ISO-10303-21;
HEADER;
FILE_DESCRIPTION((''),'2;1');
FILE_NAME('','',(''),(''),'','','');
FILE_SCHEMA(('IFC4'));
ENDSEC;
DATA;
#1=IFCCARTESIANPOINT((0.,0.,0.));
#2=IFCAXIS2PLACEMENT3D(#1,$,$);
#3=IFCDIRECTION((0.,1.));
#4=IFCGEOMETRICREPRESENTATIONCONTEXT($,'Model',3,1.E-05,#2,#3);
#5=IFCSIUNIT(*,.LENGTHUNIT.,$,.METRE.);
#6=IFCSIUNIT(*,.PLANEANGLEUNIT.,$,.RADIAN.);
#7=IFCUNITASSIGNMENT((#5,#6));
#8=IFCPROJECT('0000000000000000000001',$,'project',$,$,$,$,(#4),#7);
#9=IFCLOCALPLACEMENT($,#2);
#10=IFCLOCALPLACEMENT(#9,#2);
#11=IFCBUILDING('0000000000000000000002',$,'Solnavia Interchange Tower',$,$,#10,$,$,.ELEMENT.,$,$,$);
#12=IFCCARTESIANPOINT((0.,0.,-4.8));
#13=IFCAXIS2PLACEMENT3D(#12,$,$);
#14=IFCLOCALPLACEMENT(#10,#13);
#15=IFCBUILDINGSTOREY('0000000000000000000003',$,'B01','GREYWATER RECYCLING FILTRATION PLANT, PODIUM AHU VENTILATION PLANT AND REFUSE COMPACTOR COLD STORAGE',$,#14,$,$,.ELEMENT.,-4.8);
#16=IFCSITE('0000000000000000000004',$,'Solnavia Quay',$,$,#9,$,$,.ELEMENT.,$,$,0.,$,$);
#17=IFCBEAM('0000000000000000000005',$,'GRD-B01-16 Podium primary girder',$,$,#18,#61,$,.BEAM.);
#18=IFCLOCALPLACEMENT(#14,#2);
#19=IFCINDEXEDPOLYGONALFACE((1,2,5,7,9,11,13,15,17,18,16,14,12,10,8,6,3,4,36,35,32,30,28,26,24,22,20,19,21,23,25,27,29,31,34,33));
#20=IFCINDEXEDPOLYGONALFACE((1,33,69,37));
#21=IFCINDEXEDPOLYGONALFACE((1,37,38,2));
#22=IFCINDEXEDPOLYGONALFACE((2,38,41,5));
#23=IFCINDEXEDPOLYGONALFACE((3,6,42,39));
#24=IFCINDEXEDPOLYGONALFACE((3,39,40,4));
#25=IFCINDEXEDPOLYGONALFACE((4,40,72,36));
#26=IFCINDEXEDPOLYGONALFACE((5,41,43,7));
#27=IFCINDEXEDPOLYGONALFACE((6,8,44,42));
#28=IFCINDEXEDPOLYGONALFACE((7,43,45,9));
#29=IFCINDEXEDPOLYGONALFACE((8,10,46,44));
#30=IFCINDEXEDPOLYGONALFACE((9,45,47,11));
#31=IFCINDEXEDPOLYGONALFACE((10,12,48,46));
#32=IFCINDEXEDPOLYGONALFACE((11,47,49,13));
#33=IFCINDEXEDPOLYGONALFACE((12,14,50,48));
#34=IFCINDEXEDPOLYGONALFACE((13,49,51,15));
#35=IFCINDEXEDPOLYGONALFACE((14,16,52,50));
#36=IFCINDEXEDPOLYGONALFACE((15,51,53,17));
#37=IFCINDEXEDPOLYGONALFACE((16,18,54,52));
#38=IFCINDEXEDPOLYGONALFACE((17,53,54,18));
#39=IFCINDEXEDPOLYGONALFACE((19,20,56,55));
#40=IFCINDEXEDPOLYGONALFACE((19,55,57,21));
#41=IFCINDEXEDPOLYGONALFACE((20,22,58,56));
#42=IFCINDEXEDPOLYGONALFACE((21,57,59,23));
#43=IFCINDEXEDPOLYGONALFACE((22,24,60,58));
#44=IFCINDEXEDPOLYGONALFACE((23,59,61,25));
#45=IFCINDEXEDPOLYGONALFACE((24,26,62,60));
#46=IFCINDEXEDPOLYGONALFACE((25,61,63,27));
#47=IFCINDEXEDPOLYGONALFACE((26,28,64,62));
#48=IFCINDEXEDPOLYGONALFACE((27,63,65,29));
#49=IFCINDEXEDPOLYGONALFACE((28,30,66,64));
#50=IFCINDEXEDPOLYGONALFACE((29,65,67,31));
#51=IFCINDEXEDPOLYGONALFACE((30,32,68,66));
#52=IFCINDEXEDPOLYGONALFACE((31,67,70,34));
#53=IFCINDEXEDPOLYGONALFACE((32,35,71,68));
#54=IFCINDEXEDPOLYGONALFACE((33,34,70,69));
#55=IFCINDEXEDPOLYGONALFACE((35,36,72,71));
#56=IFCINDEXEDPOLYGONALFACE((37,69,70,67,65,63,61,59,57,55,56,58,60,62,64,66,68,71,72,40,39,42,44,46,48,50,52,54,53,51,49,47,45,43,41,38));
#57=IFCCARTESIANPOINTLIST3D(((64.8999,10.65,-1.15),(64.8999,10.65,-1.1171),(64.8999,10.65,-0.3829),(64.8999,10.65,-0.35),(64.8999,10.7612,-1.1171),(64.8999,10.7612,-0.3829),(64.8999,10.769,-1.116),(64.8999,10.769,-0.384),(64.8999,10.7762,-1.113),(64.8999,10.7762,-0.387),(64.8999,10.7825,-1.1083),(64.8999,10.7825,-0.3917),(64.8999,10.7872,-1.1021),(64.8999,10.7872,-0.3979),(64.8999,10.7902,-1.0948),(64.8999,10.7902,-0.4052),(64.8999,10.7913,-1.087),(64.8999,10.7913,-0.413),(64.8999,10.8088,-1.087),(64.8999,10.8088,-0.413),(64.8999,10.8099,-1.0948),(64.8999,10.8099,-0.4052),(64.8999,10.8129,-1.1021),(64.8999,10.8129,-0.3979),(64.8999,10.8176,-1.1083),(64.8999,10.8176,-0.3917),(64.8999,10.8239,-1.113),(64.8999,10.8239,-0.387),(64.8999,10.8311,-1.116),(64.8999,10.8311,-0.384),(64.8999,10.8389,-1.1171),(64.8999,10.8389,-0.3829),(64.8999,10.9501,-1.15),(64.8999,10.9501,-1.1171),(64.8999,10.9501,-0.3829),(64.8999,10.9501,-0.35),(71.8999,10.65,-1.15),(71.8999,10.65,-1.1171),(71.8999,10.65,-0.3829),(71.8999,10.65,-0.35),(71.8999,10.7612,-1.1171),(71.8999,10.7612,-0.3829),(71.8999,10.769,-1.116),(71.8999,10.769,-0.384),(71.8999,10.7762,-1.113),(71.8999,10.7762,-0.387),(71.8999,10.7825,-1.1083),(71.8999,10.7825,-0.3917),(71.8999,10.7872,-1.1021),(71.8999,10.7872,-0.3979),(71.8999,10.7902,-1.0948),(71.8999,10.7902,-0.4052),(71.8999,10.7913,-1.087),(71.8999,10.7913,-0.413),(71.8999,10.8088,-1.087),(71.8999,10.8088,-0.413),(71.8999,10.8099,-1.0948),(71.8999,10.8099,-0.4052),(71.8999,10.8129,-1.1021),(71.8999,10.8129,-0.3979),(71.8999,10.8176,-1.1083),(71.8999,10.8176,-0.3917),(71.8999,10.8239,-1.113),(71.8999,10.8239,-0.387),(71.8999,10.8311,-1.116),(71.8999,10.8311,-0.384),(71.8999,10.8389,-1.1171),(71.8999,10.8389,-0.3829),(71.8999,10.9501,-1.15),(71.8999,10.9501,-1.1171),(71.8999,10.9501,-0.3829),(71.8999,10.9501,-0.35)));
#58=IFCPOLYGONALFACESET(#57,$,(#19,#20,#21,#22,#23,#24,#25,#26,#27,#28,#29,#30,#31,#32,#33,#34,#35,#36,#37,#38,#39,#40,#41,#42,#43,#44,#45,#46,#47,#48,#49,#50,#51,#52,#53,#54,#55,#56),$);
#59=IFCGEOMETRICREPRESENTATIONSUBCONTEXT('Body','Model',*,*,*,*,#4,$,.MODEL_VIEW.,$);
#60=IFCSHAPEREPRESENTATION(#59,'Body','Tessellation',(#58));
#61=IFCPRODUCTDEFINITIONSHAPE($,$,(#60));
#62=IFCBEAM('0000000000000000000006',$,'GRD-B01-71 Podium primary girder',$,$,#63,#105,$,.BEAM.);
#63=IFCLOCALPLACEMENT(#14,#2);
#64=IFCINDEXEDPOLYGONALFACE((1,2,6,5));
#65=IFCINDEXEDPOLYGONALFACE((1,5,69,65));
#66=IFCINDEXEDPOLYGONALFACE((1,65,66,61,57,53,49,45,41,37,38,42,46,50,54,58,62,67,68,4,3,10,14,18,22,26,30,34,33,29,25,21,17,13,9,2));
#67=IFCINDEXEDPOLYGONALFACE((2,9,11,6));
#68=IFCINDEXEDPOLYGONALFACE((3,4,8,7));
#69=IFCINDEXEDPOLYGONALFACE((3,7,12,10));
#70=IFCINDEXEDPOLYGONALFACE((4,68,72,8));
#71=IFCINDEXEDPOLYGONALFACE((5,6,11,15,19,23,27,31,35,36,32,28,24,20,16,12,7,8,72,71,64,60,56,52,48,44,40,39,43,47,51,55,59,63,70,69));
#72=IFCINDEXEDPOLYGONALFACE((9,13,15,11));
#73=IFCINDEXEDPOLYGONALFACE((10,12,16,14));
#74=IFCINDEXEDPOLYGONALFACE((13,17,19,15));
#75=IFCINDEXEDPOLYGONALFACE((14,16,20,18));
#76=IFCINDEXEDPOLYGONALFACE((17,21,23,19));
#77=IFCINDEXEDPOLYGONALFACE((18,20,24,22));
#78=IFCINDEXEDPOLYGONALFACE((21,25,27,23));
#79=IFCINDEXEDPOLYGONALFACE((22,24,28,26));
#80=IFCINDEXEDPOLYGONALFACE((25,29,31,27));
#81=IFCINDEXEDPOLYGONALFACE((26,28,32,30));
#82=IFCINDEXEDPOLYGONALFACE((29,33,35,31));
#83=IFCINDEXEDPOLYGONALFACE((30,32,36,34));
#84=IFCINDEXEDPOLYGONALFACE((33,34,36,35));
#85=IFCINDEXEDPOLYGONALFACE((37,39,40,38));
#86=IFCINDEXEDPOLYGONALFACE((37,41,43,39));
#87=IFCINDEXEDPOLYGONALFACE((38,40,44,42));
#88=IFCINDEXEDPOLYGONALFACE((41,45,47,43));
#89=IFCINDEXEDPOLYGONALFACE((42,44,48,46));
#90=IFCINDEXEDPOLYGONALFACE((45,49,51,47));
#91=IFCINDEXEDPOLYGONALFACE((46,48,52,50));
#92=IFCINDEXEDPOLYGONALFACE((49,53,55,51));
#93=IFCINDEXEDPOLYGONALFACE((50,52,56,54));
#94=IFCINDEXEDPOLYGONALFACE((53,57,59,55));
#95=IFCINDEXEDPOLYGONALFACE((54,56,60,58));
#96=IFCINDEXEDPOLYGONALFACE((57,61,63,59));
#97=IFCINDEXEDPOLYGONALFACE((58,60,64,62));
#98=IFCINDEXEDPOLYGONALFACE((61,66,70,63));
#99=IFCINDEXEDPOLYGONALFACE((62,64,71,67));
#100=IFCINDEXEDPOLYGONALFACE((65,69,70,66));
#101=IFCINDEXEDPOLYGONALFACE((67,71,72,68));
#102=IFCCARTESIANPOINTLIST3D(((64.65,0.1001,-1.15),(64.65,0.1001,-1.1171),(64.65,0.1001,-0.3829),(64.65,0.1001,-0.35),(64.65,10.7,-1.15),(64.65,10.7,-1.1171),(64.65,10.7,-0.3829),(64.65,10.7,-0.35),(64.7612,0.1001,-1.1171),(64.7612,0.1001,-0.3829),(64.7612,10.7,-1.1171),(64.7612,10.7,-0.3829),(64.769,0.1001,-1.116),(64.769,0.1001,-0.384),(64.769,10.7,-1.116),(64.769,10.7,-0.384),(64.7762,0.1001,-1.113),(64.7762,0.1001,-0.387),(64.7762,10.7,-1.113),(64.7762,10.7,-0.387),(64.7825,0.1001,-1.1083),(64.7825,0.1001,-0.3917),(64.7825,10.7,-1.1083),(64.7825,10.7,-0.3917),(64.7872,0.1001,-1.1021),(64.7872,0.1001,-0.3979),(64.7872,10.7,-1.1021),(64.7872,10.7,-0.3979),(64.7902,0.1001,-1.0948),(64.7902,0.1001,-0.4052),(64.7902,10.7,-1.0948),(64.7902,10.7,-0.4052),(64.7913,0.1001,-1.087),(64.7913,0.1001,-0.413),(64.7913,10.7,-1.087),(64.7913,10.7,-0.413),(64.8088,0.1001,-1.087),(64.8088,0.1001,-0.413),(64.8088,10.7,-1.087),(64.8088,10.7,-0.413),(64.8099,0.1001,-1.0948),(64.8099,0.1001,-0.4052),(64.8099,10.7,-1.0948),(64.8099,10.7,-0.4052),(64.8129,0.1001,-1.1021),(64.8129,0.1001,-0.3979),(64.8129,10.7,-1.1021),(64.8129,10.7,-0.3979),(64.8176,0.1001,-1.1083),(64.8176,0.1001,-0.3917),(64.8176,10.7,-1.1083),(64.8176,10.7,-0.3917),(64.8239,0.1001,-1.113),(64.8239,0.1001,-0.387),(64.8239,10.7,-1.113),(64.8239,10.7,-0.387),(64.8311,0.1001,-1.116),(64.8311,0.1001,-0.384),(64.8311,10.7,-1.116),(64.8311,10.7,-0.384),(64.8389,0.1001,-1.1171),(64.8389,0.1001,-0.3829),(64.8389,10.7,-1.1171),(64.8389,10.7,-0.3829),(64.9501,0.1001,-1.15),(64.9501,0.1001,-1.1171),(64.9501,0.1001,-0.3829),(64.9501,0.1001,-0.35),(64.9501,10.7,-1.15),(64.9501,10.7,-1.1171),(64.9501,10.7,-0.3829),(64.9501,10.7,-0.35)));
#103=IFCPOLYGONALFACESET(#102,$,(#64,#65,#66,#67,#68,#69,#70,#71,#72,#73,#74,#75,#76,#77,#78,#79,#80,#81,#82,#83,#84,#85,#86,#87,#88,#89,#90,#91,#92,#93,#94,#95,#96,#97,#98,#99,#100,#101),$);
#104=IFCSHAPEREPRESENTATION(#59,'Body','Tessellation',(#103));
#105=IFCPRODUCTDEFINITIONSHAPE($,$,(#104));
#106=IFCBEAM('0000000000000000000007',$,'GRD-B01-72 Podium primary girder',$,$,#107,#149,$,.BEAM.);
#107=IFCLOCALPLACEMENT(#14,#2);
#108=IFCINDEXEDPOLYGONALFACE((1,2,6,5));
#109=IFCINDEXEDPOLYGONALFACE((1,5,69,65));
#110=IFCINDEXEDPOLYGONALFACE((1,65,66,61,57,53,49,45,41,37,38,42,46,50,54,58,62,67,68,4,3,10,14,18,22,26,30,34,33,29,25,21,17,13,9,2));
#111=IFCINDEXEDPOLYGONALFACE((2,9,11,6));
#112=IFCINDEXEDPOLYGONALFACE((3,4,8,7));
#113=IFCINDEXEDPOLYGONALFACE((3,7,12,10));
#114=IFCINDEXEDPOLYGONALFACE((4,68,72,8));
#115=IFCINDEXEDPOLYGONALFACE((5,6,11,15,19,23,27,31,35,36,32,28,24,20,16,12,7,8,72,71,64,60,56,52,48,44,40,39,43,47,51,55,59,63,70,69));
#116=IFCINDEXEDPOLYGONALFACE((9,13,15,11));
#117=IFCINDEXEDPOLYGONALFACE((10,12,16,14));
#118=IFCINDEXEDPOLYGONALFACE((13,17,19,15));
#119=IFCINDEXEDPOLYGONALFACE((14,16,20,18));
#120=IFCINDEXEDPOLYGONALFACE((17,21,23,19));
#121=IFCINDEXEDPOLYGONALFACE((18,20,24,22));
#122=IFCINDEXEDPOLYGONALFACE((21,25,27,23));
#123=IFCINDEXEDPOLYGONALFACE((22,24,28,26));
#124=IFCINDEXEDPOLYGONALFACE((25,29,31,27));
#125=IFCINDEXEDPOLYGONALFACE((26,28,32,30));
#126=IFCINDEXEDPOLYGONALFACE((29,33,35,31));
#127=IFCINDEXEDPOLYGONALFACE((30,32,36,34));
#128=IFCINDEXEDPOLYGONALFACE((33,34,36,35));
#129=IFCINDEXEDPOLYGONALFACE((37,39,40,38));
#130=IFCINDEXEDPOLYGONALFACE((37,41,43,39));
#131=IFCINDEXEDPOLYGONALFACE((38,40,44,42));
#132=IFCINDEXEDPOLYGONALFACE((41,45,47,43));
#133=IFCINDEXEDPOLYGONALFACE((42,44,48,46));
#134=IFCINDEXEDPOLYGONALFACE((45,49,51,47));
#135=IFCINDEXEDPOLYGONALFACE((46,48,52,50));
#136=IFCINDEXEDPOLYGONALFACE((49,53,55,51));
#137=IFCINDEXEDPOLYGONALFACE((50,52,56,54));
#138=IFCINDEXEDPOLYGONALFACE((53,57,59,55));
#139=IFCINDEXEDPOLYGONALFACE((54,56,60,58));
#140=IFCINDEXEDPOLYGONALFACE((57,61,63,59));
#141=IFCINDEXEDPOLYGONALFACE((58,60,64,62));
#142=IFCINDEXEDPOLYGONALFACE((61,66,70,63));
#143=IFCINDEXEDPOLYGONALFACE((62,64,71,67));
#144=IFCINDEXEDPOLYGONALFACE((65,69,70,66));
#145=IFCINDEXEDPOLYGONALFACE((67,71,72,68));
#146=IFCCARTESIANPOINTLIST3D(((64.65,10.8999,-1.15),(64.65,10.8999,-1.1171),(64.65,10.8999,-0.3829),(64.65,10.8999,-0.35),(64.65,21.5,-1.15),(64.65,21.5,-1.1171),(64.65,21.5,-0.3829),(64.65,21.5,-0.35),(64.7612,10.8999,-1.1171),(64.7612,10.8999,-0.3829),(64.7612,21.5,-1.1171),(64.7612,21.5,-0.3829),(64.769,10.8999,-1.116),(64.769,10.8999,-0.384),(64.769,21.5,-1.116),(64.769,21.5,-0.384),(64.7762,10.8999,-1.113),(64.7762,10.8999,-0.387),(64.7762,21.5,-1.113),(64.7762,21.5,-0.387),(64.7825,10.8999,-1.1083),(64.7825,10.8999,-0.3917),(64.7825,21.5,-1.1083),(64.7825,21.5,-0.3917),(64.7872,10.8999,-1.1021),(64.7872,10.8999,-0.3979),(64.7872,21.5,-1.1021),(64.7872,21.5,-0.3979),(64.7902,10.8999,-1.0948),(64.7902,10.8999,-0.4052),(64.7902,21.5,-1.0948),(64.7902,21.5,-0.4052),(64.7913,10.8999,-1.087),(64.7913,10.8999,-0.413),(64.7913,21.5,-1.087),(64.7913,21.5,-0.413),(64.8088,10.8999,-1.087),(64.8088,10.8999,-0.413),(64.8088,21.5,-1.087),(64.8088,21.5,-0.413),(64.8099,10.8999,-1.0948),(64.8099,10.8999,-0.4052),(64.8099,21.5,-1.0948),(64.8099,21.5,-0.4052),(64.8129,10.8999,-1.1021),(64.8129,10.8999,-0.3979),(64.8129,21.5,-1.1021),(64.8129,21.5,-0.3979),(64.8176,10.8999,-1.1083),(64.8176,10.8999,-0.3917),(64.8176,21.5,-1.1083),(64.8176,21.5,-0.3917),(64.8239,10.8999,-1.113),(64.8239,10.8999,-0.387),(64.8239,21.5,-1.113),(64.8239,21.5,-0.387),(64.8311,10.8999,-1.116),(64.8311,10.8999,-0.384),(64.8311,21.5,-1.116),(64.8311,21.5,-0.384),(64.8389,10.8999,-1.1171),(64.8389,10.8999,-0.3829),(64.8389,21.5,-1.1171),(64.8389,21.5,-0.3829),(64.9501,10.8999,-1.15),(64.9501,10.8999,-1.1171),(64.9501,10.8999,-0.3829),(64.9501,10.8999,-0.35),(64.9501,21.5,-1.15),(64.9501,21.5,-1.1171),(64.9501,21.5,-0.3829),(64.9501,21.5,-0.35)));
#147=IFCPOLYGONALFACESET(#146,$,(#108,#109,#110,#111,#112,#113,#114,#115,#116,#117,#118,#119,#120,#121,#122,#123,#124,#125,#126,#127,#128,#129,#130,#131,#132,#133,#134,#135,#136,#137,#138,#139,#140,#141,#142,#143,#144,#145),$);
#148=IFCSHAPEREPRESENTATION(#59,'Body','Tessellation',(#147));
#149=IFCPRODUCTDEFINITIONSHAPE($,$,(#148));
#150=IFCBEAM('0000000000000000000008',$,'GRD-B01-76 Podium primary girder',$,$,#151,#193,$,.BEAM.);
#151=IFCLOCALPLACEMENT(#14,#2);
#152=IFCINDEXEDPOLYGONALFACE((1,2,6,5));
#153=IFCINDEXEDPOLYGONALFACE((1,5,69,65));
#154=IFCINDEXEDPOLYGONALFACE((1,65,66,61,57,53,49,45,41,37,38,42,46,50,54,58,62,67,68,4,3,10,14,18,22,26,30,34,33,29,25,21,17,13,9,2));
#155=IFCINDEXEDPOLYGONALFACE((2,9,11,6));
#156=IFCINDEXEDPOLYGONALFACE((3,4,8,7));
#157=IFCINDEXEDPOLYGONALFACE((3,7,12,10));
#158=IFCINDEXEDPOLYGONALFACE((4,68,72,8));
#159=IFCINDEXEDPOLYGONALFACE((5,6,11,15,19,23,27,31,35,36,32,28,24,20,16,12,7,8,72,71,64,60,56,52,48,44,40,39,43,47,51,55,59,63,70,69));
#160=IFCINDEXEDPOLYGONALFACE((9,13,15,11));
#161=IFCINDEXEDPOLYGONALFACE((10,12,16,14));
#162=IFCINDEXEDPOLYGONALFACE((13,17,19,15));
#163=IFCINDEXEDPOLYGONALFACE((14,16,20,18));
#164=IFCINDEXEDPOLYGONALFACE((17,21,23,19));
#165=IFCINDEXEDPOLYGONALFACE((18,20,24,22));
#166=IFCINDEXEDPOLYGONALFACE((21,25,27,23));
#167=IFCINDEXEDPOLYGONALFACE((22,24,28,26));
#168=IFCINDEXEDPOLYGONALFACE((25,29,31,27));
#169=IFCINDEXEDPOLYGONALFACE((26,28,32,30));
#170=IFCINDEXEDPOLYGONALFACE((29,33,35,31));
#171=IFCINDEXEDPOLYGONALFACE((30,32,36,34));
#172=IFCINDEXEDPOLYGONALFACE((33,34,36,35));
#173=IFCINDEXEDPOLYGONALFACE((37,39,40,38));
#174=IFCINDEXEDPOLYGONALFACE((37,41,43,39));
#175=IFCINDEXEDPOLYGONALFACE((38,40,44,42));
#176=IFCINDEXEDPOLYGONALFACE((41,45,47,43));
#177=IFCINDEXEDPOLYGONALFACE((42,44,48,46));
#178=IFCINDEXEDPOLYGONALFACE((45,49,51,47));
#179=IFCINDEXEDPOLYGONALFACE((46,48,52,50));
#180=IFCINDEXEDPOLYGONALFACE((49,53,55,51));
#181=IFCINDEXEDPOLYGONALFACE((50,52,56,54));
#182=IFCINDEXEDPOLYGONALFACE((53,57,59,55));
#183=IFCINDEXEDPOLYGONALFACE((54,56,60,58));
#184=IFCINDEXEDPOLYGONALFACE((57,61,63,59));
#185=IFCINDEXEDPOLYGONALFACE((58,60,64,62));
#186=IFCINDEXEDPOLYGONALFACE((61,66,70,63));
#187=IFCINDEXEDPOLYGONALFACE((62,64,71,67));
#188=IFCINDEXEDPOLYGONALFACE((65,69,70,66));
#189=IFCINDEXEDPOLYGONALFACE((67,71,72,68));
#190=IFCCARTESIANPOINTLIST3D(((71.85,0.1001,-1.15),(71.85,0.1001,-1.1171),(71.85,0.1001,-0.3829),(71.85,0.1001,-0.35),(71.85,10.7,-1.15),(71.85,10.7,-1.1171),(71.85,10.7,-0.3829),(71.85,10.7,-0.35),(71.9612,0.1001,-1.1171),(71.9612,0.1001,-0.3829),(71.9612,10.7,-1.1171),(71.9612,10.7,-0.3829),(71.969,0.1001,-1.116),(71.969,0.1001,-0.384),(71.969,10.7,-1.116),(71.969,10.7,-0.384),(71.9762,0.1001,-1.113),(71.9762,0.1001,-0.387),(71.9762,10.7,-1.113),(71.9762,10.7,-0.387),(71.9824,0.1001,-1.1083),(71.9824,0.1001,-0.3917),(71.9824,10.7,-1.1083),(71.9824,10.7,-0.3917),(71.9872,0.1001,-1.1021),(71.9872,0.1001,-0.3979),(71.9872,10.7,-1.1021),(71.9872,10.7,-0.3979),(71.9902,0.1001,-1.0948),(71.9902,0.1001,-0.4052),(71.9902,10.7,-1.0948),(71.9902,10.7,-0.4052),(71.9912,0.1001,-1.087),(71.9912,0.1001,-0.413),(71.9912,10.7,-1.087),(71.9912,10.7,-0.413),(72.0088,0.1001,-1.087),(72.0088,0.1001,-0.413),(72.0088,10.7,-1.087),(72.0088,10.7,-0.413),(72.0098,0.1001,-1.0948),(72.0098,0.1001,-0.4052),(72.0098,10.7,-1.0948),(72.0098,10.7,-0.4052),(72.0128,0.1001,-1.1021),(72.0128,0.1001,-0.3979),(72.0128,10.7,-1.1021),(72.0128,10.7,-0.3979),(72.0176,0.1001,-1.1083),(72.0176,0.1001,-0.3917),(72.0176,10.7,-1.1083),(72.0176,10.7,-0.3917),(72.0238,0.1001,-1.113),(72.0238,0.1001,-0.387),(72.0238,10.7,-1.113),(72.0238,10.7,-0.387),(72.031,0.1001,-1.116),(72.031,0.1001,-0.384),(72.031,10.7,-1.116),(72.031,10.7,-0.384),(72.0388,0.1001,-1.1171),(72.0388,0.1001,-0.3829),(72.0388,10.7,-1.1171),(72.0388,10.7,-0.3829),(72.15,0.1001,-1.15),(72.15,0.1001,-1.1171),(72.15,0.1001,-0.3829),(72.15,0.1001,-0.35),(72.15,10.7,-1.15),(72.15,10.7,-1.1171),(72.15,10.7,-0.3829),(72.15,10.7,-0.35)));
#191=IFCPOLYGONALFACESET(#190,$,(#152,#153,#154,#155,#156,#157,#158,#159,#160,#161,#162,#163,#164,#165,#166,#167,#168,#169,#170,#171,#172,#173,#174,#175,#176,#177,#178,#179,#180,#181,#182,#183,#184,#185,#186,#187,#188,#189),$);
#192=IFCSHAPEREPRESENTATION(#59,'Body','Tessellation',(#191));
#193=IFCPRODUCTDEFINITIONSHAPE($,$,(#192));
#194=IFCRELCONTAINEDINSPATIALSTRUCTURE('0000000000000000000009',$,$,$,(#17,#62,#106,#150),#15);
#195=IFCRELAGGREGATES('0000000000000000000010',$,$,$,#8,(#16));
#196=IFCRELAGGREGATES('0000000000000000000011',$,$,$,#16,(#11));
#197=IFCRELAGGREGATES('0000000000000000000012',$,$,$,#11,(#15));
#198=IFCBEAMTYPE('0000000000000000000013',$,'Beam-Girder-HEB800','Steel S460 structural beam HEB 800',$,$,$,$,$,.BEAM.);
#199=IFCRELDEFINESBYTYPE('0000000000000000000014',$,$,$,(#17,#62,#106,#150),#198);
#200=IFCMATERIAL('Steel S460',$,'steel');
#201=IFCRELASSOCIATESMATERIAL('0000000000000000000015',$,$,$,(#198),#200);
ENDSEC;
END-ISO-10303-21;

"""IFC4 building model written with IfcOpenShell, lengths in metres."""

from ifc_helpers import new_model, si_unit, direction, frame, origin, origin_2d, place, context, subcontext, project, spatial, i_section, extrude, material, material_profile, profile_set, type_object, element, save


model = new_model("IFC4")

# Units and contexts
model_context = context("Model", 3, precision=1e-05, world=origin(), true_north=direction((0.0, 1.0)))
body_context = subcontext(model_context, "Body", "Model", "MODEL_VIEW")
ifc_project = project(units=[si_unit("LENGTHUNIT", "METRE"), si_unit("PLANEANGLEUNIT", "RADIAN")], contexts=[model_context])

# Site, building, storey
site_placement = place(None, origin())
site = spatial("IfcSite", under=ifc_project, at=site_placement, Name="Solnavia Quay", CompositionType="ELEMENT", RefElevation=0.0)
building_placement = place(site_placement, origin())
building = spatial("IfcBuilding", under=site, at=building_placement, Name="Solnavia Interchange Tower", CompositionType="ELEMENT")
storey_placement = place(building_placement, frame((0.0, 0.0, -4.8)))
storey = spatial("IfcBuildingStorey", under=building, at=storey_placement, Name="B01", Description="GREYWATER RECYCLING FILTRATION PLANT, PODIUM AHU VENTILATION PLANT AND REFUSE COMPACTOR COLD STORAGE", CompositionType="ELEMENT", Elevation=-4.8)

# Beams
ifc_material_1 = material(Name="Steel S460", Category="steel")
ifc_material_profile_1 = material_profile(ifc_material_1, i_section(OverallWidth=0.3, OverallDepth=0.8, WebThickness=0.0176, FlangeThickness=0.033, FilletRadius=0.03, at=origin_2d()), Name="HEB 800")
ifc_profile_set_1 = profile_set([ifc_material_profile_1], Name="Steel S460")
beam_type_1 = type_object("IfcBeamType", Name="Beam-Girder-HEB800", Description="Steel S460 structural beam HEB 800", PredefinedType="BEAM", material=ifc_profile_set_1)
for number, where, z_axis, x_axis, name in (
    (1, (64.8999, 10.8, -0.75), (1.0, 0.0, 0.0), (0.0, 1.0, 0.0), "GRD-B01-16 Podium primary girder"),
):
    element("IfcBeam", number, at=place(storey_placement, frame(where, z_axis=z_axis, x_axis=x_axis)), inside=storey, type_object=beam_type_1, Name=name, PredefinedType="BEAM", context=body_context, shape_type="SweptSolid", body=[
        extrude(i_section(OverallWidth=0.3, OverallDepth=0.8, WebThickness=0.0176, FlangeThickness=0.033, FilletRadius=0.03, at=origin_2d()), origin(), (0.0, 0.0, 1.0), 7.0),
    ])
beam_1_placement = place(storey_placement, frame((64.8, 0.1001, -0.75), z_axis=(0.0, 1.0, 0.0), x_axis=(-1.0, 0.0, 0.0)))
element("IfcBeam", 2, at=beam_1_placement, inside=storey, type_object=beam_type_1, Name="GRD-B01-71 Podium primary girder", PredefinedType="BEAM", context=body_context, shape_type="SweptSolid", body=[
    extrude(i_section(OverallWidth=0.3, OverallDepth=0.8, WebThickness=0.0176, FlangeThickness=0.033, FilletRadius=0.03, at=origin_2d()), origin(), (0.0, 0.0, 1.0), 10.5999),
])
beam_2_placement = place(storey_placement, frame((64.8, 10.8999, -0.75), z_axis=(0.0, 1.0, 0.0), x_axis=(-1.0, 0.0, 0.0)))
element("IfcBeam", 3, at=beam_2_placement, inside=storey, type_object=beam_type_1, Name="GRD-B01-72 Podium primary girder", PredefinedType="BEAM", context=body_context, shape_type="SweptSolid", body=[
    extrude(i_section(OverallWidth=0.3, OverallDepth=0.8, WebThickness=0.0176, FlangeThickness=0.033, FilletRadius=0.03, at=origin_2d()), origin(), (0.0, 0.0, 1.0), 10.6001),
])
beam_3_placement = place(storey_placement, frame((72.0, 0.1001, -0.75), z_axis=(0.0, 1.0, 0.0), x_axis=(-1.0, 0.0, 0.0)))
element("IfcBeam", 4, at=beam_3_placement, inside=storey, type_object=beam_type_1, Name="GRD-B01-76 Podium primary girder", PredefinedType="BEAM", context=body_context, shape_type="SweptSolid", body=[
    extrude(i_section(OverallWidth=0.3, OverallDepth=0.8, WebThickness=0.0176, FlangeThickness=0.033, FilletRadius=0.03, at=origin_2d()), origin(), (0.0, 0.0, 1.0), 10.5999),
])

save(model, "model.ifc")
